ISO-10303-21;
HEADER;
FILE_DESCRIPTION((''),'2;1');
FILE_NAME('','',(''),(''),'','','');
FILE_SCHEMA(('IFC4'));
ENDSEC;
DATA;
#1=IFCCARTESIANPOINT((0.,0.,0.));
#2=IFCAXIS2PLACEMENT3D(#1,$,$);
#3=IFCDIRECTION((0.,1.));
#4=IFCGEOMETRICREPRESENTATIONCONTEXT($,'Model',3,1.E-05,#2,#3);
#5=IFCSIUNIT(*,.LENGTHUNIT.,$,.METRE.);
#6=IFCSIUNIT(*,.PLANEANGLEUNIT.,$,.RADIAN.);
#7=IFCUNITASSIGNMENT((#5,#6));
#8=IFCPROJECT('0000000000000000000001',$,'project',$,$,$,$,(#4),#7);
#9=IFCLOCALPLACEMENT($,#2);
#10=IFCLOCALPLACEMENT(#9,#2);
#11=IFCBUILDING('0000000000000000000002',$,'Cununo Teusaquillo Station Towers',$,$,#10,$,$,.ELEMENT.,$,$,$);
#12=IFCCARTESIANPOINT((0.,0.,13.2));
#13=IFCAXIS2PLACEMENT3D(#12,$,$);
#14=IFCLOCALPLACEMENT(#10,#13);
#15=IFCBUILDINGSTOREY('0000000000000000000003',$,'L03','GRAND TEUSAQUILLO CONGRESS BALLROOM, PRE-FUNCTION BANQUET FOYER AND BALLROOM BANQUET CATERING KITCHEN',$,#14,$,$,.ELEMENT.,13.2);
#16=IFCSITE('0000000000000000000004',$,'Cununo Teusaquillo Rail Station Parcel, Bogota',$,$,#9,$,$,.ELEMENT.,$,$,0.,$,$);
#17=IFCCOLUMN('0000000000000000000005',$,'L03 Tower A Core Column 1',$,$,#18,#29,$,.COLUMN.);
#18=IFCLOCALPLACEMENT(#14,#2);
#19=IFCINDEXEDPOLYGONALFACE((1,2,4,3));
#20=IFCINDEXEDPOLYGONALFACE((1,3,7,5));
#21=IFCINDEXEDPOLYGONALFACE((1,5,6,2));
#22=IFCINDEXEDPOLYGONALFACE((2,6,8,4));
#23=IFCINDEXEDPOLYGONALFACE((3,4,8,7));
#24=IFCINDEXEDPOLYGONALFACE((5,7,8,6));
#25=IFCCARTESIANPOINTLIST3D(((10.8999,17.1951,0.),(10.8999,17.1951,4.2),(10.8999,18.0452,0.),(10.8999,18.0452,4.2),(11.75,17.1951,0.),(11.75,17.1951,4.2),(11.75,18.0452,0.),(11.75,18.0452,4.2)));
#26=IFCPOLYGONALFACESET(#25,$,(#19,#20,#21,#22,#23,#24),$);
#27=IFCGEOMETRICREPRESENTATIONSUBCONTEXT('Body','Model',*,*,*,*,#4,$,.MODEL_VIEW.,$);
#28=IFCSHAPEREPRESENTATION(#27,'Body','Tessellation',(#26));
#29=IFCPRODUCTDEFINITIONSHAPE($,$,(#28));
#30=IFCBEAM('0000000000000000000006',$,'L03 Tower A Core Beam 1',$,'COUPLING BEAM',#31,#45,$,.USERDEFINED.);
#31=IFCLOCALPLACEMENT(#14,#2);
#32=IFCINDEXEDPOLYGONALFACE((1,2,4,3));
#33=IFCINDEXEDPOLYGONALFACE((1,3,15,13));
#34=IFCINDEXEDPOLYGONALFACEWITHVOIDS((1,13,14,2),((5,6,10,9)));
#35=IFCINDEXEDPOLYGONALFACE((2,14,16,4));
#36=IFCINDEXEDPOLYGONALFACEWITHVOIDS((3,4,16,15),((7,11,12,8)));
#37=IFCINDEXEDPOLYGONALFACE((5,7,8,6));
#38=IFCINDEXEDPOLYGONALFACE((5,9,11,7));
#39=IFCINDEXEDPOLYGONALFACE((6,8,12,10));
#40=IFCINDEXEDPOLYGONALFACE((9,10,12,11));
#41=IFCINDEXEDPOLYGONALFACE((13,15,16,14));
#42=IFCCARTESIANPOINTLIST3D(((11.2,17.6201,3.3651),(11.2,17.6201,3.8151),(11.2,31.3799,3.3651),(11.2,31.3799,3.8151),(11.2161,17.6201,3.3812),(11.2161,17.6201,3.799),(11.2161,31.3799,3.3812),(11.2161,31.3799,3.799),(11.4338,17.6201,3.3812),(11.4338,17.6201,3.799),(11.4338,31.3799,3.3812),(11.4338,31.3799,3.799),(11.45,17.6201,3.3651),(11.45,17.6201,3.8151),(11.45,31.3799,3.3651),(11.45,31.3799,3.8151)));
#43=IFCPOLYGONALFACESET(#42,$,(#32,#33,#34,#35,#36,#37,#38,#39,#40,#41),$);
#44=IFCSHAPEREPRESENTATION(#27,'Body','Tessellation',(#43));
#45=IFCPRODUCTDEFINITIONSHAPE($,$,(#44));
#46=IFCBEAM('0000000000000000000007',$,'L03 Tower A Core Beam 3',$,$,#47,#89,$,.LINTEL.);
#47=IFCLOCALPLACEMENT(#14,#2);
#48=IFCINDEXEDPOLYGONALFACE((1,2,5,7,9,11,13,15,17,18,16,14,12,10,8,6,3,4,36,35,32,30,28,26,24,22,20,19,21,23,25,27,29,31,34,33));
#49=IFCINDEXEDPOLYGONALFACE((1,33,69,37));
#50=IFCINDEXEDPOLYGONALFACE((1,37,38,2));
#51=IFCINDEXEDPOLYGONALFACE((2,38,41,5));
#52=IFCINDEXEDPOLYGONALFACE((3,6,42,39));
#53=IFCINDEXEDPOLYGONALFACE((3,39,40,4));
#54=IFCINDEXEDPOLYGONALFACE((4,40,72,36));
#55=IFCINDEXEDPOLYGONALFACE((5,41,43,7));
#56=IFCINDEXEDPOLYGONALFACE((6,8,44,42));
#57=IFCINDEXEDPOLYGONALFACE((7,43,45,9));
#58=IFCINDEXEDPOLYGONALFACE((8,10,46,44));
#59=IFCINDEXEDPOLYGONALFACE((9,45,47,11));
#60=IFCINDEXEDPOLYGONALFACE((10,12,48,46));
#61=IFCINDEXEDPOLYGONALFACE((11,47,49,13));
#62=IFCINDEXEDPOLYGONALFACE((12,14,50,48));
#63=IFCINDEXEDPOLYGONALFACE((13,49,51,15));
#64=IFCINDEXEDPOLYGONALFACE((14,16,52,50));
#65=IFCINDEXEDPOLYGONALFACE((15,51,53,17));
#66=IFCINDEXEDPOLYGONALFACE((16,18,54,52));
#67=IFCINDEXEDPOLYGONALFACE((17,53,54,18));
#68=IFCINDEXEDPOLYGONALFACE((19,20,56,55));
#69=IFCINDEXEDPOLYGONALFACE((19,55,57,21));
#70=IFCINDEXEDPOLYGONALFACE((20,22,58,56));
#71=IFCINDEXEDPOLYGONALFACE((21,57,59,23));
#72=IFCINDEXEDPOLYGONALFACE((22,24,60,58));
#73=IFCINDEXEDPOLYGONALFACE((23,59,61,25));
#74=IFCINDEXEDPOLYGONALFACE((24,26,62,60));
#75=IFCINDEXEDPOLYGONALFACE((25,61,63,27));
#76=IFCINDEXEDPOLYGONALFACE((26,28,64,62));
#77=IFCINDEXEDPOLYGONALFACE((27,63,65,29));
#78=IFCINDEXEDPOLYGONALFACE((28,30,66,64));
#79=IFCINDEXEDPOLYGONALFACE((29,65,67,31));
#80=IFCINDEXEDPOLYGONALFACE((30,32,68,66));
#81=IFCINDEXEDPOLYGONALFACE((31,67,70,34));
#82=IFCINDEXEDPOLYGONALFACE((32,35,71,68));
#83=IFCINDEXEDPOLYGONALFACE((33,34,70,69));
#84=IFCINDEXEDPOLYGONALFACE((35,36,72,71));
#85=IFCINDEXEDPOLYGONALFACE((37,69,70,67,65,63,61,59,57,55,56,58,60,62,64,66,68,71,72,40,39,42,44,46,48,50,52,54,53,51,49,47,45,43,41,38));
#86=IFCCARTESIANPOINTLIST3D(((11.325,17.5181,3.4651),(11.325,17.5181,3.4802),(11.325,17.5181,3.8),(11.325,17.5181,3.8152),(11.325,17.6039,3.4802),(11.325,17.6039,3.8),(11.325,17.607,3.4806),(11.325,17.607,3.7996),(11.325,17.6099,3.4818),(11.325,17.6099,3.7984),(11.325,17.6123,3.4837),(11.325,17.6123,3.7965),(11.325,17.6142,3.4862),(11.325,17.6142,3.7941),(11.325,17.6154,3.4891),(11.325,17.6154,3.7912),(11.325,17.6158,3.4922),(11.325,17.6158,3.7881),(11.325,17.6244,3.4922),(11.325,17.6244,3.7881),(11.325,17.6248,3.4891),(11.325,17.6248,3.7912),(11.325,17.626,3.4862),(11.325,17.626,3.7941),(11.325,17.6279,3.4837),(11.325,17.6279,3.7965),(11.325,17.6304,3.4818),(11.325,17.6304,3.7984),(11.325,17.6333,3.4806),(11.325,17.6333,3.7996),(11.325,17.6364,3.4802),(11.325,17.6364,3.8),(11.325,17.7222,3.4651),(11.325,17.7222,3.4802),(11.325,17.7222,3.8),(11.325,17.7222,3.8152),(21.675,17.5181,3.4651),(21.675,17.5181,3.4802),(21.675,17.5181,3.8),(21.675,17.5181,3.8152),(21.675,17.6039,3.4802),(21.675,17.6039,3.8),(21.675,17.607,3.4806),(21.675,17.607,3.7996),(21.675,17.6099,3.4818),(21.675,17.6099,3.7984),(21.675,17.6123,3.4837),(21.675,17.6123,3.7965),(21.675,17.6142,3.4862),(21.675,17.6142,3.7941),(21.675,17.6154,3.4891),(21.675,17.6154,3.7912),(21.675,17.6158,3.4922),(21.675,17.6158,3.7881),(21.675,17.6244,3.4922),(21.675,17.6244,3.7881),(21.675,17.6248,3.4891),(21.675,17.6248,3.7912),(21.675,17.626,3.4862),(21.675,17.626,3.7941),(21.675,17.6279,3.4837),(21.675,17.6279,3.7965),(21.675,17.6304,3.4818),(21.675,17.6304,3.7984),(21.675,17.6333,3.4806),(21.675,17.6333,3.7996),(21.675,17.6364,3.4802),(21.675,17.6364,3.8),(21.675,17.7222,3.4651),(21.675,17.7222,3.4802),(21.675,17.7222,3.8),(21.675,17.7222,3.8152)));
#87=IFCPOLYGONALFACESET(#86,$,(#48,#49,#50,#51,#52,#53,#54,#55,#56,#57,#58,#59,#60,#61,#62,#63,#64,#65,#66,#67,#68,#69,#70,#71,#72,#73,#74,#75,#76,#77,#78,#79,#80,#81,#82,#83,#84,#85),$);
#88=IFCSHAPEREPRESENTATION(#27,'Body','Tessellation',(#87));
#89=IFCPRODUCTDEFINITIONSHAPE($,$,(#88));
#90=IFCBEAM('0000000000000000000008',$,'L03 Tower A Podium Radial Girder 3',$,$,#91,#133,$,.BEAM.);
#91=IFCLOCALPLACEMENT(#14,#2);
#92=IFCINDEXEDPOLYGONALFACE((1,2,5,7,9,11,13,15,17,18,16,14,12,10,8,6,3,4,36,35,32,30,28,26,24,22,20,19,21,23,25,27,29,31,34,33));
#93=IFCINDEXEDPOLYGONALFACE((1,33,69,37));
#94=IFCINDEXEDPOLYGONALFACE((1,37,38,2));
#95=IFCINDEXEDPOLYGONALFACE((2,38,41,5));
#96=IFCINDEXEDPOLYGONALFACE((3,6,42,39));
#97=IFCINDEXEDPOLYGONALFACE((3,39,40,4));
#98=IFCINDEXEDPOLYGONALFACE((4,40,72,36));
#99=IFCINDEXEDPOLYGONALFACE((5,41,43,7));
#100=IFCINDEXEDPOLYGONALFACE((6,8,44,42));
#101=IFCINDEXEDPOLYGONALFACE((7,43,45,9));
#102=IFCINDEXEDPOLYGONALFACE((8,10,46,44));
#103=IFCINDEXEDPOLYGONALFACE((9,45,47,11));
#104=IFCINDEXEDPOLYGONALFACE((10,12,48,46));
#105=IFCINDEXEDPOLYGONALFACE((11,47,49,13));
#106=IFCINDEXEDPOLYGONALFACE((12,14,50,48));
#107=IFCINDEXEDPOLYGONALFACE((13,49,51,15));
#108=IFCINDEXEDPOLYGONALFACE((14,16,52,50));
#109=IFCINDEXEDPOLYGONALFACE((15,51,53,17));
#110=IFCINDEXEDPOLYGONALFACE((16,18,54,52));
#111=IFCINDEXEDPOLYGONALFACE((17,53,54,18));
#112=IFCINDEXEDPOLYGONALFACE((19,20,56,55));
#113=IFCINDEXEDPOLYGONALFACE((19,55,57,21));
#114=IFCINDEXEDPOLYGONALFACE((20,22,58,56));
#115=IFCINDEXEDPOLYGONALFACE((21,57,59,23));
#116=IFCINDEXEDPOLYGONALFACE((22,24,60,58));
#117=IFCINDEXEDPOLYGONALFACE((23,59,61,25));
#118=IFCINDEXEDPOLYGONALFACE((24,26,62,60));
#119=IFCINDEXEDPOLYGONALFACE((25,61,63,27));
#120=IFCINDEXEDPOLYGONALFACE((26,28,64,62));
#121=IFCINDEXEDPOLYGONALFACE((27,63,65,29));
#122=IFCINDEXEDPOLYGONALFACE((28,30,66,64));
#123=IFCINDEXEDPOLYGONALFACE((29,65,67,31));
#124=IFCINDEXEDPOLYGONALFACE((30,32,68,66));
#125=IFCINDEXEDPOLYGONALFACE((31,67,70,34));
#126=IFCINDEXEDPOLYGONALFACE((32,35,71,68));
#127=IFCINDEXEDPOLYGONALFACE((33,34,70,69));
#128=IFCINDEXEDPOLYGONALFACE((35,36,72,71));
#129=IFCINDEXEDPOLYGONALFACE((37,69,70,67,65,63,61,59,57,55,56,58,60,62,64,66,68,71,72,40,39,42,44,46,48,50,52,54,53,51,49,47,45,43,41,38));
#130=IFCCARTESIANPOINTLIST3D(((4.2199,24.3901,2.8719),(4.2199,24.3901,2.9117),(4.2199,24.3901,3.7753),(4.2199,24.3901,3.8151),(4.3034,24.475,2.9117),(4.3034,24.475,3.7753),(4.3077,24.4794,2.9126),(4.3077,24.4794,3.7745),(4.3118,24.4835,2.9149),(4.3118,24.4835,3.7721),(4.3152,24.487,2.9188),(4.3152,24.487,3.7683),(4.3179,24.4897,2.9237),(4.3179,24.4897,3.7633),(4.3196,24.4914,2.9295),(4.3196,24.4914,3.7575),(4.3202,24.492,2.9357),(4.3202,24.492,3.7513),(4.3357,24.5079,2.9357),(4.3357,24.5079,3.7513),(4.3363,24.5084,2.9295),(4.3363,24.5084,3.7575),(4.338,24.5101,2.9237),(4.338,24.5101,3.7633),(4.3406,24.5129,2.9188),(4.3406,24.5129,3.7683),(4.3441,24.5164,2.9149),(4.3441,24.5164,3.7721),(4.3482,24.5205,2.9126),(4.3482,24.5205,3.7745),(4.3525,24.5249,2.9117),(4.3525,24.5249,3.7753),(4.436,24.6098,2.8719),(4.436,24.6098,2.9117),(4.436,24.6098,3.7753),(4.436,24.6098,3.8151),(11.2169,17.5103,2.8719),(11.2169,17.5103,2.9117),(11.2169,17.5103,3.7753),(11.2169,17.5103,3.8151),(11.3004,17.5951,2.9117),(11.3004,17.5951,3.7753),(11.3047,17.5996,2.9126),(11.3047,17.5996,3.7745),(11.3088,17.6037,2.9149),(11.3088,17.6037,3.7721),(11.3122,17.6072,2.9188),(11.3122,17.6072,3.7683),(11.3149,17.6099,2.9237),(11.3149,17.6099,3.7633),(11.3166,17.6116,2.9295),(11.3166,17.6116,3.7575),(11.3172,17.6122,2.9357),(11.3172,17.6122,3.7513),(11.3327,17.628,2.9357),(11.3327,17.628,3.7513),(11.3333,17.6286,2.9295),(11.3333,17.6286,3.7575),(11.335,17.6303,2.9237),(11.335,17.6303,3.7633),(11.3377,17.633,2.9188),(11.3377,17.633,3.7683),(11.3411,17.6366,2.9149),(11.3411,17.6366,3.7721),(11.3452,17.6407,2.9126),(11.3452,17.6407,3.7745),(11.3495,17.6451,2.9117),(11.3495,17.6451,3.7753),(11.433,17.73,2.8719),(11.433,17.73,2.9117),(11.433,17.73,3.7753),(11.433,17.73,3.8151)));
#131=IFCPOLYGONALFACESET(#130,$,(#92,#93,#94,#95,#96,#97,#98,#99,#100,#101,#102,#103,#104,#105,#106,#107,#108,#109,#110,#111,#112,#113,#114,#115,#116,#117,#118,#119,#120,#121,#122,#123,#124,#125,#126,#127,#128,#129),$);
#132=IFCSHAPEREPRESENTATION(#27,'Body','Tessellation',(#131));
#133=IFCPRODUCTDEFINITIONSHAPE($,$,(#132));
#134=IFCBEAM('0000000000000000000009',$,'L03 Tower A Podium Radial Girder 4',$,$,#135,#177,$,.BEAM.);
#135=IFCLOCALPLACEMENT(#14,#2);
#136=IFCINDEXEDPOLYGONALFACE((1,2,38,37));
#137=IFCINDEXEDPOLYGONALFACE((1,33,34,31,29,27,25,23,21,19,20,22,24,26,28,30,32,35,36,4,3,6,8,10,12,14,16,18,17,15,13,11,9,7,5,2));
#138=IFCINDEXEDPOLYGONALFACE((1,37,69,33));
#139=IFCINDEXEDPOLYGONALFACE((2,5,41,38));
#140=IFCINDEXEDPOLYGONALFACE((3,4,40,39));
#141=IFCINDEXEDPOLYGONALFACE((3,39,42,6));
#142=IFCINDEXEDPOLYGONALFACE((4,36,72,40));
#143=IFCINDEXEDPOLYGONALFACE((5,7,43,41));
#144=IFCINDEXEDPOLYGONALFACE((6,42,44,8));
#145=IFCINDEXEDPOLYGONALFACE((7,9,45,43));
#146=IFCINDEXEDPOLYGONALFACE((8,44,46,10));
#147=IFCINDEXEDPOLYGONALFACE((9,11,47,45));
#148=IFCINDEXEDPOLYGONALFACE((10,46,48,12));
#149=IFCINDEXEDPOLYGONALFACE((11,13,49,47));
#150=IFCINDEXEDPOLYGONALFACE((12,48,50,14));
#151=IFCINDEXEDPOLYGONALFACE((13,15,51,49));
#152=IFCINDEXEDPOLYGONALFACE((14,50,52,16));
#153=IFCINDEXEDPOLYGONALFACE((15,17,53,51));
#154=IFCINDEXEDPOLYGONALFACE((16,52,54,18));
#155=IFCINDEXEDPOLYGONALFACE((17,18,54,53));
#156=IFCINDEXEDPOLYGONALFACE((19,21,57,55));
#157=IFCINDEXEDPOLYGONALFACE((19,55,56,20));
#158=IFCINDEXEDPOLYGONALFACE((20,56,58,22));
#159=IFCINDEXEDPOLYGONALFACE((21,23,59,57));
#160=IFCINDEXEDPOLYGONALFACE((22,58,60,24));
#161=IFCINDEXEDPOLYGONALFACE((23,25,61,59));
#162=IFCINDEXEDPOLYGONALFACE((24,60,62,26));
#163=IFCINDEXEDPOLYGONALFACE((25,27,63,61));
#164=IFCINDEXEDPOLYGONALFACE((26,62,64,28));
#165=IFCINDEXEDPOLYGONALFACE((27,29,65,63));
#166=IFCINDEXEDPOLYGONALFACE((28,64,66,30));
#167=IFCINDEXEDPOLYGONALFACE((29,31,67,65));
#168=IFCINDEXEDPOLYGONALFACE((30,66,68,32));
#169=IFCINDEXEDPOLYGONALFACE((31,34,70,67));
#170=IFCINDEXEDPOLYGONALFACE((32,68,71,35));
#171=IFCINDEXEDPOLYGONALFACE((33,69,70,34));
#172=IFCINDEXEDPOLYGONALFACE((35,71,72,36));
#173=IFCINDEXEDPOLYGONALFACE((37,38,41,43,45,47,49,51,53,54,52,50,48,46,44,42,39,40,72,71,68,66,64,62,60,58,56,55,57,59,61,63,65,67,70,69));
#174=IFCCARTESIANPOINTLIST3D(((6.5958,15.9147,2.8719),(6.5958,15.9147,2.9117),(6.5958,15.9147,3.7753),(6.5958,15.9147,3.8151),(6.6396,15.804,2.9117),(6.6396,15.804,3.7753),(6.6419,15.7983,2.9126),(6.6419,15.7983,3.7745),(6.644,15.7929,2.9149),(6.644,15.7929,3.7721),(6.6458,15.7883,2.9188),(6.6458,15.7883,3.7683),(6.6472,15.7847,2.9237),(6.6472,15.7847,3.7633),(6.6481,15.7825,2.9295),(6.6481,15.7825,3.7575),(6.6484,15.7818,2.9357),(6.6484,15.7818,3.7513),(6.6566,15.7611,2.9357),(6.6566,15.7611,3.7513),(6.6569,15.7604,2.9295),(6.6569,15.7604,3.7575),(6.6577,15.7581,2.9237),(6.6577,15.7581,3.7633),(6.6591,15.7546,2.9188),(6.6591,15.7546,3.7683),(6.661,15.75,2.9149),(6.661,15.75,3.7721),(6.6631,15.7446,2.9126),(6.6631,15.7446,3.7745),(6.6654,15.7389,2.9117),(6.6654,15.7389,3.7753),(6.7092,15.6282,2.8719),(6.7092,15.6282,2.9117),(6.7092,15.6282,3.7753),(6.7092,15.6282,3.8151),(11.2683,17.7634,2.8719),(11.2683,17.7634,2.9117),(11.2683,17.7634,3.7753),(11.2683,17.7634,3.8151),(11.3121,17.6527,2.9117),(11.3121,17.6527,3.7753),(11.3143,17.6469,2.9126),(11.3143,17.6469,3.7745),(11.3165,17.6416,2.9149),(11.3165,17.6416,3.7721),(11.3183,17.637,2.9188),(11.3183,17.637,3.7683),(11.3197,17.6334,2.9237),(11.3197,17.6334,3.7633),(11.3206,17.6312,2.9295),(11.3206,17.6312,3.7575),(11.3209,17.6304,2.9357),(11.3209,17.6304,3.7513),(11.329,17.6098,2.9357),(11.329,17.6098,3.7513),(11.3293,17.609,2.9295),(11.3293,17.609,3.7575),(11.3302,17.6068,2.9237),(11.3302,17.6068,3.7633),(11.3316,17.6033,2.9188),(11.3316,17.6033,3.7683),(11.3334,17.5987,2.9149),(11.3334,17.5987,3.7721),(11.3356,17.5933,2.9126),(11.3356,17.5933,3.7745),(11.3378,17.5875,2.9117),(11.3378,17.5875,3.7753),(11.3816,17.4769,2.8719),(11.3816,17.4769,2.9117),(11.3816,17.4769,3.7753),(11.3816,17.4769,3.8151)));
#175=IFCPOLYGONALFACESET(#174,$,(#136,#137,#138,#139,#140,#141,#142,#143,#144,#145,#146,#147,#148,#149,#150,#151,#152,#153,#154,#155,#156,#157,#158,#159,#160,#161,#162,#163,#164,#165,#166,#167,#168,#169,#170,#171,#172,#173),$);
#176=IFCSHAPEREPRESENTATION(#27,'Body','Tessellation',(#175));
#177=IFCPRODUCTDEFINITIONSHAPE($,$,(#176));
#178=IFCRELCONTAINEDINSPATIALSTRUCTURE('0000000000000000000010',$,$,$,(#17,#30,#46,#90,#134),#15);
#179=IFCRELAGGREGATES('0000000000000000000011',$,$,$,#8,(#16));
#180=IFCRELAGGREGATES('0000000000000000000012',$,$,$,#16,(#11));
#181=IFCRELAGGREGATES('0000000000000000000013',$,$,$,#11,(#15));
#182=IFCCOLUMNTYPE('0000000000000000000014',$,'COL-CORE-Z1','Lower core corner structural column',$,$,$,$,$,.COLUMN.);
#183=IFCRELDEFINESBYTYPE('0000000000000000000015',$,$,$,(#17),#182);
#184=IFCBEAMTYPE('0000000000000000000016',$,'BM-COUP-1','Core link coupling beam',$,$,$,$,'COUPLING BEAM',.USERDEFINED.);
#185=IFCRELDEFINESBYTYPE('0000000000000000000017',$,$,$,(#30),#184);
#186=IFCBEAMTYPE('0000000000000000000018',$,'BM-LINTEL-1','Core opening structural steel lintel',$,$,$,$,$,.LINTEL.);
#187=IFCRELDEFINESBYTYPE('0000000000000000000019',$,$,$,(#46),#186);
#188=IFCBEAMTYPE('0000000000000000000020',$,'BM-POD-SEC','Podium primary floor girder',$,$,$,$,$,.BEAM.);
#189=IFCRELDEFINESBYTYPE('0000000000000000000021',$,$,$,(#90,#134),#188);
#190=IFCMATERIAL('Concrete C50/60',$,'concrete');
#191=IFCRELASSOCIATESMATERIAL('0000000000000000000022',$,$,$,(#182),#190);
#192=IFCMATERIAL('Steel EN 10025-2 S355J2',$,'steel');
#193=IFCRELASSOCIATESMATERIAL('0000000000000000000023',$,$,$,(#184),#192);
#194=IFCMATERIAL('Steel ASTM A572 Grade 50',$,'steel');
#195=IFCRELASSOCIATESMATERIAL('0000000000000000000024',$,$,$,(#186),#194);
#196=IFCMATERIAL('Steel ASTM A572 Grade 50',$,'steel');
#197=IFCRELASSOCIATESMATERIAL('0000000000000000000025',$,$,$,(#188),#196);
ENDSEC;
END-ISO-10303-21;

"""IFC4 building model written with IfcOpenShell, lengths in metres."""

from ifc_helpers import new_model, si_unit, direction, frame, origin, origin_2d, place, context, subcontext, project, spatial, rectangle, hollow_rectangle, i_section, extrude, material, material_profile, profile_set, type_object, element, save


model = new_model("IFC4")

# Units and contexts
model_context = context("Model", 3, precision=1e-05, world=origin(), true_north=direction((0.0, 1.0)))
body_context = subcontext(model_context, "Body", "Model", "MODEL_VIEW")
ifc_project = project(units=[si_unit("LENGTHUNIT", "METRE"), si_unit("PLANEANGLEUNIT", "RADIAN")], contexts=[model_context])

# Site, building, storey
site_placement = place(None, origin())
site = spatial("IfcSite", under=ifc_project, at=site_placement, Name="Cununo Teusaquillo Rail Station Parcel, Bogota", CompositionType="ELEMENT", RefElevation=0.0)
building_placement = place(site_placement, origin())
building = spatial("IfcBuilding", under=site, at=building_placement, Name="Cununo Teusaquillo Station Towers", CompositionType="ELEMENT")
storey_placement = place(building_placement, frame((0.0, 0.0, 13.2)))
storey = spatial("IfcBuildingStorey", under=building, at=storey_placement, Name="L03", Description="GRAND TEUSAQUILLO CONGRESS BALLROOM, PRE-FUNCTION BANQUET FOYER AND BALLROOM BANQUET CATERING KITCHEN", CompositionType="ELEMENT", Elevation=13.2)

# Column
ifc_material_1 = material(Name="Concrete C50/60", Category="concrete")
ifc_material_profile_1 = material_profile(ifc_material_1, rectangle(XDim=0.8501, YDim=0.8501, at=origin_2d()), Name="RC-RECT-850x850")
ifc_profile_set_1 = profile_set([ifc_material_profile_1], Name="Concrete C50/60")
column_type = type_object("IfcColumnType", Name="COL-CORE-Z1", Description="Lower core corner structural column", PredefinedType="COLUMN", material=ifc_profile_set_1)
column_placement = place(storey_placement, frame((11.325, 17.6201, 0.0), z_axis=(0.0, 0.0, 1.0), x_axis=(1.0, 0.0, 0.0)))
element("IfcColumn", 1, at=column_placement, inside=storey, type_object=column_type, Name="L03 Tower A Core Column 1", PredefinedType="COLUMN", context=body_context, shape_type="SweptSolid", body=[
    extrude(rectangle(XDim=0.8501, YDim=0.8501, at=origin_2d()), origin(), (0.0, 0.0, 1.0), 4.2),
])

# Beams
ifc_material_2 = material(Name="Steel EN 10025-2 S355J2", Category="steel")
ifc_material_profile_2 = material_profile(ifc_material_2, hollow_rectangle(XDim=0.25, YDim=0.45, WallThickness=0.0161, at=origin_2d()), Name="RHS 450x250x16")
ifc_profile_set_2 = profile_set([ifc_material_profile_2], Name="Steel EN 10025-2 S355J2")
beam_type_1 = type_object("IfcBeamType", Name="BM-COUP-1", Description="Core link coupling beam", ElementType="COUPLING BEAM", PredefinedType="USERDEFINED", material=ifc_profile_set_2)
beam_1_placement = place(storey_placement, frame((11.325, 17.6201, 3.5901), z_axis=(0.0, 1.0, 0.0), x_axis=(-1.0, 0.0, 0.0)))
element("IfcBeam", 2, at=beam_1_placement, inside=storey, type_object=beam_type_1, Name="L03 Tower A Core Beam 1", ObjectType="COUPLING BEAM", PredefinedType="USERDEFINED", context=body_context, shape_type="SweptSolid", body=[
    extrude(hollow_rectangle(XDim=0.25, YDim=0.45, WallThickness=0.0161, at=origin_2d()), origin(), (0.0, 0.0, 1.0), 13.7598),
])
ifc_material_3 = material(Name="Steel ASTM A572 Grade 50", Category="steel")
ifc_material_profile_3 = material_profile(ifc_material_3, i_section(OverallWidth=0.2041, OverallDepth=0.3501, WebThickness=0.0085, FlangeThickness=0.0151, FilletRadius=0.012, at=origin_2d()), Name="W14X48")
ifc_profile_set_3 = profile_set([ifc_material_profile_3], Name="Steel ASTM A572 Grade 50")
beam_type_2 = type_object("IfcBeamType", Name="BM-LINTEL-1", Description="Core opening structural steel lintel", PredefinedType="LINTEL", material=ifc_profile_set_3)
beam_2_placement = place(storey_placement, frame((11.325, 17.6201, 3.6401), z_axis=(1.0, 0.0, 0.0), x_axis=(0.0, 1.0, 0.0)))
element("IfcBeam", 3, at=beam_2_placement, inside=storey, type_object=beam_type_2, Name="L03 Tower A Core Beam 3", PredefinedType="LINTEL", context=body_context, shape_type="SweptSolid", body=[
    extrude(i_section(OverallWidth=0.2041, OverallDepth=0.3501, WebThickness=0.0085, FlangeThickness=0.0151, FilletRadius=0.012, at=origin_2d()), origin(), (0.0, 0.0, 1.0), 10.3501),
])
ifc_material_4 = material(Name="Steel ASTM A572 Grade 50", Category="steel")
ifc_material_profile_4 = material_profile(ifc_material_4, i_section(OverallWidth=0.3081, OverallDepth=0.9431, WebThickness=0.0222, FlangeThickness=0.0398, FilletRadius=0.0239, at=origin_2d()), Name="W36X232")
ifc_profile_set_4 = profile_set([ifc_material_profile_4], Name="Steel ASTM A572 Grade 50")
beam_type_3 = type_object("IfcBeamType", Name="BM-POD-SEC", Description="Podium primary floor girder", PredefinedType="BEAM", material=ifc_profile_set_4)
beam_3_placement = place(storey_placement, frame((11.325, 17.6201, 3.3435), z_axis=(-0.713053, 0.70111, 0.0), x_axis=(-0.70111, -0.713053, 0.0)))
element("IfcBeam", 4, at=beam_3_placement, inside=storey, type_object=beam_type_3, Name="L03 Tower A Podium Radial Girder 3", PredefinedType="BEAM", context=body_context, shape_type="SweptSolid", body=[
    extrude(i_section(OverallWidth=0.3081, OverallDepth=0.9431, WebThickness=0.0222, FlangeThickness=0.0398, FilletRadius=0.0239, at=origin_2d()), origin(), (0.0, 0.0, 1.0), 9.8127),
])
beam_4_placement = place(storey_placement, frame((11.325, 17.6201, 3.3435), z_axis=(-0.929864, -0.367903, 0.0), x_axis=(0.367903, -0.929864, 0.0)))
element("IfcBeam", 5, at=beam_4_placement, inside=storey, type_object=beam_type_3, Name="L03 Tower A Podium Radial Girder 4", PredefinedType="BEAM", context=body_context, shape_type="SweptSolid", body=[
    extrude(i_section(OverallWidth=0.3081, OverallDepth=0.9431, WebThickness=0.0222, FlangeThickness=0.0398, FilletRadius=0.0239, at=origin_2d()), origin(), (0.0, 0.0, 1.0), 5.0249),
])

save(model, "model.ifc")
